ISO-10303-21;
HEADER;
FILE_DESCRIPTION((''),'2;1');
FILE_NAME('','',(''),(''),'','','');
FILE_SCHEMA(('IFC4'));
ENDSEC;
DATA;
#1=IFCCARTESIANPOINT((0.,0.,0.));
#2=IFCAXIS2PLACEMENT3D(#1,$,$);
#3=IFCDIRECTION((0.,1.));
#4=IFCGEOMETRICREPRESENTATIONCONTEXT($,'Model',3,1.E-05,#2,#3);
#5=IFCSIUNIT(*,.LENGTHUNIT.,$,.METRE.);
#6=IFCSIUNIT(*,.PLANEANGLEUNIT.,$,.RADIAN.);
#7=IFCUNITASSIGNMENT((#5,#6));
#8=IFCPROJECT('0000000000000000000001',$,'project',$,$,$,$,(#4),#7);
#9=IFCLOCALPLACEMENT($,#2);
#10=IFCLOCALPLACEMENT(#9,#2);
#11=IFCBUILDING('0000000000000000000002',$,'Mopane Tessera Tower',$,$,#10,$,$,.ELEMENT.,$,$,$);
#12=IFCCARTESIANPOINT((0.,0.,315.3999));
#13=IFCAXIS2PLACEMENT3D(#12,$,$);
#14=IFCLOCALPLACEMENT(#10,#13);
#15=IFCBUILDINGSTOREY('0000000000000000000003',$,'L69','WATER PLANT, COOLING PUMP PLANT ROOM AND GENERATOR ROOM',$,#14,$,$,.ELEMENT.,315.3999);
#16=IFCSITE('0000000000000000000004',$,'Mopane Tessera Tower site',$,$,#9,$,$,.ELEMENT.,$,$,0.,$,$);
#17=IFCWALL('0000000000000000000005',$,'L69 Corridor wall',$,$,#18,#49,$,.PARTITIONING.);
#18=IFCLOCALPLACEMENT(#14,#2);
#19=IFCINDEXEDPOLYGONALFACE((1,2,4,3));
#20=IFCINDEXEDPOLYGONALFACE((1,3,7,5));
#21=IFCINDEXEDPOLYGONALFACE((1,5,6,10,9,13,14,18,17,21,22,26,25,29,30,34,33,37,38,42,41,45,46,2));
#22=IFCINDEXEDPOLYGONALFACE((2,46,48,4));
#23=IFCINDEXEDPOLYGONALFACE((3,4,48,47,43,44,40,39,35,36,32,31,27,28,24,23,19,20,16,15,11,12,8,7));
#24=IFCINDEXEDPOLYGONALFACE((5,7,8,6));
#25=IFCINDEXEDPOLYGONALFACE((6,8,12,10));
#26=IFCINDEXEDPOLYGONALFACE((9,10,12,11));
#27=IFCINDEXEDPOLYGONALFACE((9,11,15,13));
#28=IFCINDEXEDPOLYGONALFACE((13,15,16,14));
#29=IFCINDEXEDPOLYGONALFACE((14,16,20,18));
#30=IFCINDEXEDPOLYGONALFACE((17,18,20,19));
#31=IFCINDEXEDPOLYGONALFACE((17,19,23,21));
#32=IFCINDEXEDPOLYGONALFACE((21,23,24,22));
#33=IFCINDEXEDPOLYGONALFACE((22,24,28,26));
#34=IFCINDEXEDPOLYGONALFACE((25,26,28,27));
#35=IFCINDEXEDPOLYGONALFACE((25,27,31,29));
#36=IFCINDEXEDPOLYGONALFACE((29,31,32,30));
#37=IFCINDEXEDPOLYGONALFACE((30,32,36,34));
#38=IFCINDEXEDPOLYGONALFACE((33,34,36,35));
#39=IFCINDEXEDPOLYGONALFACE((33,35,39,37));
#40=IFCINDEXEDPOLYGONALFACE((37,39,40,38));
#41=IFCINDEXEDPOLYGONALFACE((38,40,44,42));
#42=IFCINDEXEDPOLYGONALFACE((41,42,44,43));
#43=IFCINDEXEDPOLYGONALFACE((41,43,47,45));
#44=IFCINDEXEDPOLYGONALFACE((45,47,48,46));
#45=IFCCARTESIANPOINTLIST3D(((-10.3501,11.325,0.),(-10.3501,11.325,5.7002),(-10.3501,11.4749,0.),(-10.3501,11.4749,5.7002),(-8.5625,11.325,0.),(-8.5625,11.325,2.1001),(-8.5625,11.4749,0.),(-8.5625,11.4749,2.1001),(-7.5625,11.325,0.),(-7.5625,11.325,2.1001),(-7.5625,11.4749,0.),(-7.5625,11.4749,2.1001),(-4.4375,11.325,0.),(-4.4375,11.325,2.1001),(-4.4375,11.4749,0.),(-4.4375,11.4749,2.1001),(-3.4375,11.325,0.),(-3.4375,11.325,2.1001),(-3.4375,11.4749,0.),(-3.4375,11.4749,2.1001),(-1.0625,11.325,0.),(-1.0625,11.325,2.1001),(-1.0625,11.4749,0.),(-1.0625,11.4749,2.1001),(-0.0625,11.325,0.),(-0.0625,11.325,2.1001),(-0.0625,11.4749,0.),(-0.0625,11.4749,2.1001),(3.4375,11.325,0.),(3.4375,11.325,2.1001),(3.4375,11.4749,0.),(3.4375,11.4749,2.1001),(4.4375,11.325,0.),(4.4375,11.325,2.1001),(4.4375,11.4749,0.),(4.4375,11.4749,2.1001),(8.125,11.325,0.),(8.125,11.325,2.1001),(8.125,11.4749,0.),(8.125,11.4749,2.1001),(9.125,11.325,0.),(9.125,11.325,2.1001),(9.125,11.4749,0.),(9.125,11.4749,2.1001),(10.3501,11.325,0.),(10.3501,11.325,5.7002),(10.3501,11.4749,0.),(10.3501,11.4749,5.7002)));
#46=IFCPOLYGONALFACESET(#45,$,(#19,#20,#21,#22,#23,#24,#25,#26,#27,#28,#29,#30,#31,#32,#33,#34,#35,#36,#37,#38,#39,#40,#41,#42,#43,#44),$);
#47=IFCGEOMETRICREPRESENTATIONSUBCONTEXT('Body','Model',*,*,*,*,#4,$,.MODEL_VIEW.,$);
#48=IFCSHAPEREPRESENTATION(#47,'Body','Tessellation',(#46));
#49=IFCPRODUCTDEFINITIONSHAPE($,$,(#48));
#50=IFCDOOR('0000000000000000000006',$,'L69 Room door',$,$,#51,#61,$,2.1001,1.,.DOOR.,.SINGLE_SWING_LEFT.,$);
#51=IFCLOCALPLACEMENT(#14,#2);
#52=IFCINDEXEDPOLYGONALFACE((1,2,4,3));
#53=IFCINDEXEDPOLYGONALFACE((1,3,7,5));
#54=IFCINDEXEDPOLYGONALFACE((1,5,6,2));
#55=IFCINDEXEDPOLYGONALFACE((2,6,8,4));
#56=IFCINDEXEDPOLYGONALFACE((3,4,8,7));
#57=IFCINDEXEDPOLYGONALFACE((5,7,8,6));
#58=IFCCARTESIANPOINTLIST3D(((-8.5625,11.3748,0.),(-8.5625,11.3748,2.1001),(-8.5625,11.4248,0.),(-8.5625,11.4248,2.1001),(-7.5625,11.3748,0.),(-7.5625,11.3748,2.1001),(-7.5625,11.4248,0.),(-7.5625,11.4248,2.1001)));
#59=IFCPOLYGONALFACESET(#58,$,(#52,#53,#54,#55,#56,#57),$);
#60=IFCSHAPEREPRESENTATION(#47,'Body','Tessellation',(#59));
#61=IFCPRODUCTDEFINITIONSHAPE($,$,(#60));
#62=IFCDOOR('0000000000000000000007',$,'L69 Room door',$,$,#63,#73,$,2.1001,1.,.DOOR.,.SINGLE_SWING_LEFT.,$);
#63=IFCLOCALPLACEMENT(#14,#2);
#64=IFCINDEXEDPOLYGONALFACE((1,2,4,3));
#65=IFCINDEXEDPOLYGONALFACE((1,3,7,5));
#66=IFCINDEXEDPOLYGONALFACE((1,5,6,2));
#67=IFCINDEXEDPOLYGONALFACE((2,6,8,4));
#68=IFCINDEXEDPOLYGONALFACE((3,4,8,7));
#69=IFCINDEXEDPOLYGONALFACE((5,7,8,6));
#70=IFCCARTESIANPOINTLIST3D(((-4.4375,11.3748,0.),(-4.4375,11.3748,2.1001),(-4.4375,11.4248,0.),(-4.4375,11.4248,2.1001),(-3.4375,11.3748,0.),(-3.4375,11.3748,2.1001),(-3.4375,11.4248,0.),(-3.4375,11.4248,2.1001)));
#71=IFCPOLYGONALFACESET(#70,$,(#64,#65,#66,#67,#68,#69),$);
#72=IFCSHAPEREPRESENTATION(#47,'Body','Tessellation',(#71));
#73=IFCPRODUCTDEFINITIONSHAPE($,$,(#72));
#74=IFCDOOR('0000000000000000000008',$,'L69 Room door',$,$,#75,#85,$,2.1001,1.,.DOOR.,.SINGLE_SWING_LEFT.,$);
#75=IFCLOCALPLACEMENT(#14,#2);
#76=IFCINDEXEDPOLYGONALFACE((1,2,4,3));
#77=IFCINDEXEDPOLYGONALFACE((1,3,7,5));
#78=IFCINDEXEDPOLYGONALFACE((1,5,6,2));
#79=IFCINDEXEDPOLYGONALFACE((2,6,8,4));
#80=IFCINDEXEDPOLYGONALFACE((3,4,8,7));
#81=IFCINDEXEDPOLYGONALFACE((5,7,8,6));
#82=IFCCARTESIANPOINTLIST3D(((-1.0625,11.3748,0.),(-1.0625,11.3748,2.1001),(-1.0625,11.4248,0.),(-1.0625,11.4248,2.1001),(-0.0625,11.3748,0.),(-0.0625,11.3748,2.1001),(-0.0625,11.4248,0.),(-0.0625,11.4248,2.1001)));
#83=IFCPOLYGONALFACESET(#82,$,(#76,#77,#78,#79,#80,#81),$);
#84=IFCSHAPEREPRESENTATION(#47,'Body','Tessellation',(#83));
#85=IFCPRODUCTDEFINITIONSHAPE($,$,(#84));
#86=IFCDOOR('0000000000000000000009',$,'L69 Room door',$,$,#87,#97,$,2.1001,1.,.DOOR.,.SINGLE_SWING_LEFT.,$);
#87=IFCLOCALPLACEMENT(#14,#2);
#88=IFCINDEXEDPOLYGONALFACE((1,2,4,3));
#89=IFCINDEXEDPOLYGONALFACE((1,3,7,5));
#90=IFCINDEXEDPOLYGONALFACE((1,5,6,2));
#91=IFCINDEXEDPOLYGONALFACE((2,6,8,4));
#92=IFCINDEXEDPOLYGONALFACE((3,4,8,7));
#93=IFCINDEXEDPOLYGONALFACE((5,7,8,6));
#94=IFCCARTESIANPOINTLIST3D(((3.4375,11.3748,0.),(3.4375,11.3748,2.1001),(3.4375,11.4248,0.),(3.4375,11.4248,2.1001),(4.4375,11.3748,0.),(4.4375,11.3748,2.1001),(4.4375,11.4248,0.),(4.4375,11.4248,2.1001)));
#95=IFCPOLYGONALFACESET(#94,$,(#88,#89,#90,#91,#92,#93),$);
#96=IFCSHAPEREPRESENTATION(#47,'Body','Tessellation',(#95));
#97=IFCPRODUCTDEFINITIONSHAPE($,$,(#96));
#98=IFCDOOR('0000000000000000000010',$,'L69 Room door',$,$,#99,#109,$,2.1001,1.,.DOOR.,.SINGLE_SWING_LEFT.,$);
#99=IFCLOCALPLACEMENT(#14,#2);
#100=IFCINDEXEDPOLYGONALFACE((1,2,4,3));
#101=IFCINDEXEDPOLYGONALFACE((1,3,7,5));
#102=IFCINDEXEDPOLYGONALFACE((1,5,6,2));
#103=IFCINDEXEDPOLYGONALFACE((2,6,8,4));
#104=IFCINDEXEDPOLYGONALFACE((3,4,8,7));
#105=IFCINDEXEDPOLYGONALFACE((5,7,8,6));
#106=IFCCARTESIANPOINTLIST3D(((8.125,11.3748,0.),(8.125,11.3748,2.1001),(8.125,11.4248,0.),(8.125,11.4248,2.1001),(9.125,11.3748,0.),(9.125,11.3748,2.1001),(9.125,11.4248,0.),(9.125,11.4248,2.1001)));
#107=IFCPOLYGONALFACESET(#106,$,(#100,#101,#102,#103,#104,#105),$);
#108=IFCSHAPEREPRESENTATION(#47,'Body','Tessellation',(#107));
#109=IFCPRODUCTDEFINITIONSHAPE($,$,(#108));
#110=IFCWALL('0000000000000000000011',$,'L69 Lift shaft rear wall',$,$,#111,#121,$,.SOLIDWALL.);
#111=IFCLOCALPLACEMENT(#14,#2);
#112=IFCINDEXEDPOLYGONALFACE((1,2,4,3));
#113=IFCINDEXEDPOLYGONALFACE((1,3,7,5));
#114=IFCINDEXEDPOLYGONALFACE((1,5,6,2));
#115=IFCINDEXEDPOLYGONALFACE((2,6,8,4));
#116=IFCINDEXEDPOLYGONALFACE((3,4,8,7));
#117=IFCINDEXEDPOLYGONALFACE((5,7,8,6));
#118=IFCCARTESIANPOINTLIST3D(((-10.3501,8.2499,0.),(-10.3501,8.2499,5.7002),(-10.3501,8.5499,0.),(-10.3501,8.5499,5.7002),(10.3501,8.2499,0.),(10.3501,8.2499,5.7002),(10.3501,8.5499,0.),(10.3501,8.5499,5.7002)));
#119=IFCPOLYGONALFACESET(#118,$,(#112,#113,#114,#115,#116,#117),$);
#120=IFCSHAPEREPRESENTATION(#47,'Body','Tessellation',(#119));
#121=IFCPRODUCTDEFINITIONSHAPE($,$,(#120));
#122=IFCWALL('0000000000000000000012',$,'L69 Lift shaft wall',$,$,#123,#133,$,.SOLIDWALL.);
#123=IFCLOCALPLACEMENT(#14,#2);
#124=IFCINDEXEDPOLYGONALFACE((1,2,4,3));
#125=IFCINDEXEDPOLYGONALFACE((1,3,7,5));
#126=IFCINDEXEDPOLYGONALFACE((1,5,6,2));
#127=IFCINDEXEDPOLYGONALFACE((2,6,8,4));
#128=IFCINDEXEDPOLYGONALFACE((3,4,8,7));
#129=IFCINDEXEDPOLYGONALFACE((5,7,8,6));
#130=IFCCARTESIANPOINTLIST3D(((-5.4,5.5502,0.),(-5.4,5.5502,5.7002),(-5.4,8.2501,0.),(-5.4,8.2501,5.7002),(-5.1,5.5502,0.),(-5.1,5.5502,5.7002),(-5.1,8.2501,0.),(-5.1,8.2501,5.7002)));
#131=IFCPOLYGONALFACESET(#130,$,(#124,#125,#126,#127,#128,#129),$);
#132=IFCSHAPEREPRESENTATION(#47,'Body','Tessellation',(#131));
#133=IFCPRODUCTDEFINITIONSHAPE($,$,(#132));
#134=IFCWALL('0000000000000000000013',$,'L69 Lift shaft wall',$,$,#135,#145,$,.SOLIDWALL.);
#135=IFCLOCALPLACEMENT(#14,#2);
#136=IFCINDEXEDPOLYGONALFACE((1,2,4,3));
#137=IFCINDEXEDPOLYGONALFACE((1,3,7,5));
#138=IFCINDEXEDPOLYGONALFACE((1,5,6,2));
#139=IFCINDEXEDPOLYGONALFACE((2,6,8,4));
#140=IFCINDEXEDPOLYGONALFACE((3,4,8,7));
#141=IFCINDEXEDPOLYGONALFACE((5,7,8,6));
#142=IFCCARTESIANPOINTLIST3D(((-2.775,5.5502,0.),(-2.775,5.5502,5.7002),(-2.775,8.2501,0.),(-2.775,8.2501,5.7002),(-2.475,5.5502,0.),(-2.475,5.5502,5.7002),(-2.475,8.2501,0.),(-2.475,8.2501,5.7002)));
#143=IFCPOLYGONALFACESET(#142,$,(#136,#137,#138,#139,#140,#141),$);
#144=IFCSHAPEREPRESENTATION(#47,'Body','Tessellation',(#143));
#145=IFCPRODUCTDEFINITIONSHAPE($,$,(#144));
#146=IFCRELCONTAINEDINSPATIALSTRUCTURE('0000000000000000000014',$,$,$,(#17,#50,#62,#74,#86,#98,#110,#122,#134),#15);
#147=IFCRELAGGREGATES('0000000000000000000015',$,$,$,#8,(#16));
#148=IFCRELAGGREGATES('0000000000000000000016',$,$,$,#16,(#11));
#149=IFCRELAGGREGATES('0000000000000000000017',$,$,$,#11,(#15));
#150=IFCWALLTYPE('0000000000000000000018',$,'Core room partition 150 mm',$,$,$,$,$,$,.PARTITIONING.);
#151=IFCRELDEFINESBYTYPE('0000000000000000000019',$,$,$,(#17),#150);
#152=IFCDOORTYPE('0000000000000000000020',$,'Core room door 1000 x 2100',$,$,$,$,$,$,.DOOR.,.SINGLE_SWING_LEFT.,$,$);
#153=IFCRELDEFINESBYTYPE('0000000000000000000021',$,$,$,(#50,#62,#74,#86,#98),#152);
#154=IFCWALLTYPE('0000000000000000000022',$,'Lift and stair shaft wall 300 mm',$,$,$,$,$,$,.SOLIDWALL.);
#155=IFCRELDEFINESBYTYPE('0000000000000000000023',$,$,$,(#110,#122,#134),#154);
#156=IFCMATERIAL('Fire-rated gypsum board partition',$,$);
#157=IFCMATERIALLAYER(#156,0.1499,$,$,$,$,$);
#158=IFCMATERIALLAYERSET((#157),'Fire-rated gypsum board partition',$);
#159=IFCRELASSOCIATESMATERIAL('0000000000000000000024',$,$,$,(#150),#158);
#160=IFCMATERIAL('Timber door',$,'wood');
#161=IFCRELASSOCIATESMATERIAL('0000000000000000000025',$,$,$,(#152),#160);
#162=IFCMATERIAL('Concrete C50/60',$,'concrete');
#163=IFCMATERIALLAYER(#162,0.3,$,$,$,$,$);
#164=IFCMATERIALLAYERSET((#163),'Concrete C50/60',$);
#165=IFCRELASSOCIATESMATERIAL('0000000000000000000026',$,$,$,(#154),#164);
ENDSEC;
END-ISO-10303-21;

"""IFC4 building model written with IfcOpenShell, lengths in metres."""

from ifc_helpers import new_model, si_unit, direction, frame, frame_2d, origin, place, context, subcontext, project, spatial, rectangle, extrude, material, layer, layer_set, type_object, element, fill, save


model = new_model("IFC4")

# Units and contexts
model_context = context("Model", 3, precision=1e-05, world=origin(), true_north=direction((0.0, 1.0)))
body_context = subcontext(model_context, "Body", "Model", "MODEL_VIEW")
ifc_project = project(units=[si_unit("LENGTHUNIT", "METRE"), si_unit("PLANEANGLEUNIT", "RADIAN")], contexts=[model_context])

# Site, building, storey
site_placement = place(None, origin())
site = spatial("IfcSite", under=ifc_project, at=site_placement, Name="Mopane Tessera Tower site", CompositionType="ELEMENT", RefElevation=0.0)
building_placement = place(site_placement, origin())
building = spatial("IfcBuilding", under=site, at=building_placement, Name="Mopane Tessera Tower", CompositionType="ELEMENT")
storey_placement = place(building_placement, frame((0.0, 0.0, 315.3999)))
storey = spatial("IfcBuildingStorey", under=building, at=storey_placement, Name="L69", Description="WATER PLANT, COOLING PUMP PLANT ROOM AND GENERATOR ROOM", CompositionType="ELEMENT", Elevation=315.3999)

# Shared definitions
ifc_material_1 = material(Name="Fire-rated gypsum board partition")
ifc_layer_1 = layer(ifc_material_1, 0.1499)
ifc_layer_set_1 = layer_set([ifc_layer_1], Name="Fire-rated gypsum board partition")
wall_type_1 = type_object("IfcWallType", Name="Core room partition 150 mm", PredefinedType="PARTITIONING", material=ifc_layer_set_1)

# Wall, openings, doors
wall_1_placement = place(storey_placement, frame((-10.3501, 11.3999, 0.0), z_axis=(0.0, 0.0, 1.0), x_axis=(1.0, 0.0, 0.0)))
wall_1 = element("IfcWall", 1, at=wall_1_placement, inside=storey, type_object=wall_type_1, Name="L69 Corridor wall", PredefinedType="PARTITIONING", context=body_context, shape_type="SweptSolid", body=[
    extrude(rectangle(XDim=20.7002, YDim=0.1499, at=frame_2d((10.3501, 0.0))), origin(), (0.0, 0.0, 1.0), 5.7002),
])
opening_1_placement = place(wall_1_placement, frame((1.7876, 0.0, 0.0)))
opening_1 = element("IfcOpeningElement", 2, at=opening_1_placement, cuts=wall_1, PredefinedType="OPENING", context=body_context, shape_type="SweptSolid", body=[
    extrude(rectangle(XDim=1.0, YDim=2.1001, at=frame_2d((0.5, 1.05))), frame((0.0, 0.0869, 0.0), z_axis=(0.0, -1.0, 0.0), x_axis=(1.0, 0.0, 0.0)), (0.0, 0.0, 1.0), 0.1738),
])
opening_2_placement = place(wall_1_placement, frame((5.9126, 0.0, 0.0)))
opening_2 = element("IfcOpeningElement", 3, at=opening_2_placement, cuts=wall_1, PredefinedType="OPENING", context=body_context, shape_type="SweptSolid", body=[
    extrude(rectangle(XDim=1.0, YDim=2.1001, at=frame_2d((0.5, 1.05))), frame((0.0, 0.0869, 0.0), z_axis=(0.0, -1.0, 0.0), x_axis=(1.0, 0.0, 0.0)), (0.0, 0.0, 1.0), 0.1738),
])
opening_3_placement = place(wall_1_placement, frame((9.2876, 0.0, 0.0)))
opening_3 = element("IfcOpeningElement", 4, at=opening_3_placement, cuts=wall_1, PredefinedType="OPENING", context=body_context, shape_type="SweptSolid", body=[
    extrude(rectangle(XDim=1.0, YDim=2.1001, at=frame_2d((0.5, 1.05))), frame((0.0, 0.0869, 0.0), z_axis=(0.0, -1.0, 0.0), x_axis=(1.0, 0.0, 0.0)), (0.0, 0.0, 1.0), 0.1738),
])
opening_4_placement = place(wall_1_placement, frame((13.7876, 0.0, 0.0)))
opening_4 = element("IfcOpeningElement", 5, at=opening_4_placement, cuts=wall_1, PredefinedType="OPENING", context=body_context, shape_type="SweptSolid", body=[
    extrude(rectangle(XDim=1.0, YDim=2.1001, at=frame_2d((0.5, 1.05))), frame((0.0, 0.0869, 0.0), z_axis=(0.0, -1.0, 0.0), x_axis=(1.0, 0.0, 0.0)), (0.0, 0.0, 1.0), 0.1738),
])
opening_5_placement = place(wall_1_placement, frame((18.4751, 0.0, 0.0)))
opening_5 = element("IfcOpeningElement", 6, at=opening_5_placement, cuts=wall_1, PredefinedType="OPENING", context=body_context, shape_type="SweptSolid", body=[
    extrude(rectangle(XDim=1.0, YDim=2.1001, at=frame_2d((0.5, 1.05))), frame((0.0, 0.0869, 0.0), z_axis=(0.0, -1.0, 0.0), x_axis=(1.0, 0.0, 0.0)), (0.0, 0.0, 1.0), 0.1738),
])
ifc_material_2 = material(Name="Timber door", Category="wood")
door_type = type_object("IfcDoorType", Name="Core room door 1000 x 2100", OperationType="SINGLE_SWING_LEFT", PredefinedType="DOOR", material=ifc_material_2)
door_1_placement = place(opening_1_placement, origin())
door_1 = element("IfcDoor", 7, at=door_1_placement, inside=storey, type_object=door_type, Name="L69 Room door", OperationType="SINGLE_SWING_LEFT", OverallHeight=2.1001, OverallWidth=1.0, PredefinedType="DOOR", context=body_context, shape_type="SweptSolid", body=[
    extrude(rectangle(XDim=1.0, YDim=2.1001, at=frame_2d((0.5, 1.05))), frame((0.0, 0.0249, 0.0), z_axis=(0.0, -1.0, 0.0), x_axis=(1.0, 0.0, 0.0)), (0.0, 0.0, 1.0), 0.05),
])
fill(opening_1, door_1)
door_2_placement = place(opening_2_placement, origin())
door_2 = element("IfcDoor", 8, at=door_2_placement, inside=storey, type_object=door_type, Name="L69 Room door", OperationType="SINGLE_SWING_LEFT", OverallHeight=2.1001, OverallWidth=1.0, PredefinedType="DOOR", context=body_context, shape_type="SweptSolid", body=[
    extrude(rectangle(XDim=1.0, YDim=2.1001, at=frame_2d((0.5, 1.05))), frame((0.0, 0.0249, 0.0), z_axis=(0.0, -1.0, 0.0), x_axis=(1.0, 0.0, 0.0)), (0.0, 0.0, 1.0), 0.05),
])
fill(opening_2, door_2)
door_3_placement = place(opening_3_placement, origin())
door_3 = element("IfcDoor", 9, at=door_3_placement, inside=storey, type_object=door_type, Name="L69 Room door", OperationType="SINGLE_SWING_LEFT", OverallHeight=2.1001, OverallWidth=1.0, PredefinedType="DOOR", context=body_context, shape_type="SweptSolid", body=[
    extrude(rectangle(XDim=1.0, YDim=2.1001, at=frame_2d((0.5, 1.05))), frame((0.0, 0.0249, 0.0), z_axis=(0.0, -1.0, 0.0), x_axis=(1.0, 0.0, 0.0)), (0.0, 0.0, 1.0), 0.05),
])
fill(opening_3, door_3)
door_4_placement = place(opening_4_placement, origin())
door_4 = element("IfcDoor", 10, at=door_4_placement, inside=storey, type_object=door_type, Name="L69 Room door", OperationType="SINGLE_SWING_LEFT", OverallHeight=2.1001, OverallWidth=1.0, PredefinedType="DOOR", context=body_context, shape_type="SweptSolid", body=[
    extrude(rectangle(XDim=1.0, YDim=2.1001, at=frame_2d((0.5, 1.05))), frame((0.0, 0.0249, 0.0), z_axis=(0.0, -1.0, 0.0), x_axis=(1.0, 0.0, 0.0)), (0.0, 0.0, 1.0), 0.05),
])
fill(opening_4, door_4)
door_5_placement = place(opening_5_placement, origin())
door_5 = element("IfcDoor", 11, at=door_5_placement, inside=storey, type_object=door_type, Name="L69 Room door", OperationType="SINGLE_SWING_LEFT", OverallHeight=2.1001, OverallWidth=1.0, PredefinedType="DOOR", context=body_context, shape_type="SweptSolid", body=[
    extrude(rectangle(XDim=1.0, YDim=2.1001, at=frame_2d((0.5, 1.05))), frame((0.0, 0.0249, 0.0), z_axis=(0.0, -1.0, 0.0), x_axis=(1.0, 0.0, 0.0)), (0.0, 0.0, 1.0), 0.05),
])
fill(opening_5, door_5)

# Walls
ifc_material_3 = material(Name="Concrete C50/60", Category="concrete")
ifc_layer_2 = layer(ifc_material_3, 0.3)
ifc_layer_set_2 = layer_set([ifc_layer_2], Name="Concrete C50/60")
wall_type_2 = type_object("IfcWallType", Name="Lift and stair shaft wall 300 mm", PredefinedType="SOLIDWALL", material=ifc_layer_set_2)
wall_2_placement = place(storey_placement, frame((-10.3501, 8.3999, 0.0), z_axis=(0.0, 0.0, 1.0), x_axis=(1.0, 0.0, 0.0)))
element("IfcWall", 12, at=wall_2_placement, inside=storey, type_object=wall_type_2, Name="L69 Lift shaft rear wall", PredefinedType="SOLIDWALL", context=body_context, shape_type="SweptSolid", body=[
    extrude(rectangle(XDim=20.7002, YDim=0.3, at=frame_2d((10.3501, 0.0))), origin(), (0.0, 0.0, 1.0), 5.7002),
])
for number, where, z_axis, x_axis, name in (
    (13, (-5.25, 5.55, 0.0), (0.0, 0.0, 1.0), (0.0, 1.0, 0.0), "L69 Lift shaft wall"),
    (14, (-2.625, 5.55, 0.0), (0.0, 0.0, 1.0), (0.0, 1.0, 0.0), "L69 Lift shaft wall"),
):
    element("IfcWall", number, at=place(storey_placement, frame(where, z_axis=z_axis, x_axis=x_axis)), inside=storey, type_object=wall_type_2, Name=name, PredefinedType="SOLIDWALL", context=body_context, shape_type="SweptSolid", body=[
        extrude(rectangle(XDim=2.7, YDim=0.3, at=frame_2d((1.3501, 0.0))), origin(), (0.0, 0.0, 1.0), 5.7002),
    ])

save(model, "model.ifc")
